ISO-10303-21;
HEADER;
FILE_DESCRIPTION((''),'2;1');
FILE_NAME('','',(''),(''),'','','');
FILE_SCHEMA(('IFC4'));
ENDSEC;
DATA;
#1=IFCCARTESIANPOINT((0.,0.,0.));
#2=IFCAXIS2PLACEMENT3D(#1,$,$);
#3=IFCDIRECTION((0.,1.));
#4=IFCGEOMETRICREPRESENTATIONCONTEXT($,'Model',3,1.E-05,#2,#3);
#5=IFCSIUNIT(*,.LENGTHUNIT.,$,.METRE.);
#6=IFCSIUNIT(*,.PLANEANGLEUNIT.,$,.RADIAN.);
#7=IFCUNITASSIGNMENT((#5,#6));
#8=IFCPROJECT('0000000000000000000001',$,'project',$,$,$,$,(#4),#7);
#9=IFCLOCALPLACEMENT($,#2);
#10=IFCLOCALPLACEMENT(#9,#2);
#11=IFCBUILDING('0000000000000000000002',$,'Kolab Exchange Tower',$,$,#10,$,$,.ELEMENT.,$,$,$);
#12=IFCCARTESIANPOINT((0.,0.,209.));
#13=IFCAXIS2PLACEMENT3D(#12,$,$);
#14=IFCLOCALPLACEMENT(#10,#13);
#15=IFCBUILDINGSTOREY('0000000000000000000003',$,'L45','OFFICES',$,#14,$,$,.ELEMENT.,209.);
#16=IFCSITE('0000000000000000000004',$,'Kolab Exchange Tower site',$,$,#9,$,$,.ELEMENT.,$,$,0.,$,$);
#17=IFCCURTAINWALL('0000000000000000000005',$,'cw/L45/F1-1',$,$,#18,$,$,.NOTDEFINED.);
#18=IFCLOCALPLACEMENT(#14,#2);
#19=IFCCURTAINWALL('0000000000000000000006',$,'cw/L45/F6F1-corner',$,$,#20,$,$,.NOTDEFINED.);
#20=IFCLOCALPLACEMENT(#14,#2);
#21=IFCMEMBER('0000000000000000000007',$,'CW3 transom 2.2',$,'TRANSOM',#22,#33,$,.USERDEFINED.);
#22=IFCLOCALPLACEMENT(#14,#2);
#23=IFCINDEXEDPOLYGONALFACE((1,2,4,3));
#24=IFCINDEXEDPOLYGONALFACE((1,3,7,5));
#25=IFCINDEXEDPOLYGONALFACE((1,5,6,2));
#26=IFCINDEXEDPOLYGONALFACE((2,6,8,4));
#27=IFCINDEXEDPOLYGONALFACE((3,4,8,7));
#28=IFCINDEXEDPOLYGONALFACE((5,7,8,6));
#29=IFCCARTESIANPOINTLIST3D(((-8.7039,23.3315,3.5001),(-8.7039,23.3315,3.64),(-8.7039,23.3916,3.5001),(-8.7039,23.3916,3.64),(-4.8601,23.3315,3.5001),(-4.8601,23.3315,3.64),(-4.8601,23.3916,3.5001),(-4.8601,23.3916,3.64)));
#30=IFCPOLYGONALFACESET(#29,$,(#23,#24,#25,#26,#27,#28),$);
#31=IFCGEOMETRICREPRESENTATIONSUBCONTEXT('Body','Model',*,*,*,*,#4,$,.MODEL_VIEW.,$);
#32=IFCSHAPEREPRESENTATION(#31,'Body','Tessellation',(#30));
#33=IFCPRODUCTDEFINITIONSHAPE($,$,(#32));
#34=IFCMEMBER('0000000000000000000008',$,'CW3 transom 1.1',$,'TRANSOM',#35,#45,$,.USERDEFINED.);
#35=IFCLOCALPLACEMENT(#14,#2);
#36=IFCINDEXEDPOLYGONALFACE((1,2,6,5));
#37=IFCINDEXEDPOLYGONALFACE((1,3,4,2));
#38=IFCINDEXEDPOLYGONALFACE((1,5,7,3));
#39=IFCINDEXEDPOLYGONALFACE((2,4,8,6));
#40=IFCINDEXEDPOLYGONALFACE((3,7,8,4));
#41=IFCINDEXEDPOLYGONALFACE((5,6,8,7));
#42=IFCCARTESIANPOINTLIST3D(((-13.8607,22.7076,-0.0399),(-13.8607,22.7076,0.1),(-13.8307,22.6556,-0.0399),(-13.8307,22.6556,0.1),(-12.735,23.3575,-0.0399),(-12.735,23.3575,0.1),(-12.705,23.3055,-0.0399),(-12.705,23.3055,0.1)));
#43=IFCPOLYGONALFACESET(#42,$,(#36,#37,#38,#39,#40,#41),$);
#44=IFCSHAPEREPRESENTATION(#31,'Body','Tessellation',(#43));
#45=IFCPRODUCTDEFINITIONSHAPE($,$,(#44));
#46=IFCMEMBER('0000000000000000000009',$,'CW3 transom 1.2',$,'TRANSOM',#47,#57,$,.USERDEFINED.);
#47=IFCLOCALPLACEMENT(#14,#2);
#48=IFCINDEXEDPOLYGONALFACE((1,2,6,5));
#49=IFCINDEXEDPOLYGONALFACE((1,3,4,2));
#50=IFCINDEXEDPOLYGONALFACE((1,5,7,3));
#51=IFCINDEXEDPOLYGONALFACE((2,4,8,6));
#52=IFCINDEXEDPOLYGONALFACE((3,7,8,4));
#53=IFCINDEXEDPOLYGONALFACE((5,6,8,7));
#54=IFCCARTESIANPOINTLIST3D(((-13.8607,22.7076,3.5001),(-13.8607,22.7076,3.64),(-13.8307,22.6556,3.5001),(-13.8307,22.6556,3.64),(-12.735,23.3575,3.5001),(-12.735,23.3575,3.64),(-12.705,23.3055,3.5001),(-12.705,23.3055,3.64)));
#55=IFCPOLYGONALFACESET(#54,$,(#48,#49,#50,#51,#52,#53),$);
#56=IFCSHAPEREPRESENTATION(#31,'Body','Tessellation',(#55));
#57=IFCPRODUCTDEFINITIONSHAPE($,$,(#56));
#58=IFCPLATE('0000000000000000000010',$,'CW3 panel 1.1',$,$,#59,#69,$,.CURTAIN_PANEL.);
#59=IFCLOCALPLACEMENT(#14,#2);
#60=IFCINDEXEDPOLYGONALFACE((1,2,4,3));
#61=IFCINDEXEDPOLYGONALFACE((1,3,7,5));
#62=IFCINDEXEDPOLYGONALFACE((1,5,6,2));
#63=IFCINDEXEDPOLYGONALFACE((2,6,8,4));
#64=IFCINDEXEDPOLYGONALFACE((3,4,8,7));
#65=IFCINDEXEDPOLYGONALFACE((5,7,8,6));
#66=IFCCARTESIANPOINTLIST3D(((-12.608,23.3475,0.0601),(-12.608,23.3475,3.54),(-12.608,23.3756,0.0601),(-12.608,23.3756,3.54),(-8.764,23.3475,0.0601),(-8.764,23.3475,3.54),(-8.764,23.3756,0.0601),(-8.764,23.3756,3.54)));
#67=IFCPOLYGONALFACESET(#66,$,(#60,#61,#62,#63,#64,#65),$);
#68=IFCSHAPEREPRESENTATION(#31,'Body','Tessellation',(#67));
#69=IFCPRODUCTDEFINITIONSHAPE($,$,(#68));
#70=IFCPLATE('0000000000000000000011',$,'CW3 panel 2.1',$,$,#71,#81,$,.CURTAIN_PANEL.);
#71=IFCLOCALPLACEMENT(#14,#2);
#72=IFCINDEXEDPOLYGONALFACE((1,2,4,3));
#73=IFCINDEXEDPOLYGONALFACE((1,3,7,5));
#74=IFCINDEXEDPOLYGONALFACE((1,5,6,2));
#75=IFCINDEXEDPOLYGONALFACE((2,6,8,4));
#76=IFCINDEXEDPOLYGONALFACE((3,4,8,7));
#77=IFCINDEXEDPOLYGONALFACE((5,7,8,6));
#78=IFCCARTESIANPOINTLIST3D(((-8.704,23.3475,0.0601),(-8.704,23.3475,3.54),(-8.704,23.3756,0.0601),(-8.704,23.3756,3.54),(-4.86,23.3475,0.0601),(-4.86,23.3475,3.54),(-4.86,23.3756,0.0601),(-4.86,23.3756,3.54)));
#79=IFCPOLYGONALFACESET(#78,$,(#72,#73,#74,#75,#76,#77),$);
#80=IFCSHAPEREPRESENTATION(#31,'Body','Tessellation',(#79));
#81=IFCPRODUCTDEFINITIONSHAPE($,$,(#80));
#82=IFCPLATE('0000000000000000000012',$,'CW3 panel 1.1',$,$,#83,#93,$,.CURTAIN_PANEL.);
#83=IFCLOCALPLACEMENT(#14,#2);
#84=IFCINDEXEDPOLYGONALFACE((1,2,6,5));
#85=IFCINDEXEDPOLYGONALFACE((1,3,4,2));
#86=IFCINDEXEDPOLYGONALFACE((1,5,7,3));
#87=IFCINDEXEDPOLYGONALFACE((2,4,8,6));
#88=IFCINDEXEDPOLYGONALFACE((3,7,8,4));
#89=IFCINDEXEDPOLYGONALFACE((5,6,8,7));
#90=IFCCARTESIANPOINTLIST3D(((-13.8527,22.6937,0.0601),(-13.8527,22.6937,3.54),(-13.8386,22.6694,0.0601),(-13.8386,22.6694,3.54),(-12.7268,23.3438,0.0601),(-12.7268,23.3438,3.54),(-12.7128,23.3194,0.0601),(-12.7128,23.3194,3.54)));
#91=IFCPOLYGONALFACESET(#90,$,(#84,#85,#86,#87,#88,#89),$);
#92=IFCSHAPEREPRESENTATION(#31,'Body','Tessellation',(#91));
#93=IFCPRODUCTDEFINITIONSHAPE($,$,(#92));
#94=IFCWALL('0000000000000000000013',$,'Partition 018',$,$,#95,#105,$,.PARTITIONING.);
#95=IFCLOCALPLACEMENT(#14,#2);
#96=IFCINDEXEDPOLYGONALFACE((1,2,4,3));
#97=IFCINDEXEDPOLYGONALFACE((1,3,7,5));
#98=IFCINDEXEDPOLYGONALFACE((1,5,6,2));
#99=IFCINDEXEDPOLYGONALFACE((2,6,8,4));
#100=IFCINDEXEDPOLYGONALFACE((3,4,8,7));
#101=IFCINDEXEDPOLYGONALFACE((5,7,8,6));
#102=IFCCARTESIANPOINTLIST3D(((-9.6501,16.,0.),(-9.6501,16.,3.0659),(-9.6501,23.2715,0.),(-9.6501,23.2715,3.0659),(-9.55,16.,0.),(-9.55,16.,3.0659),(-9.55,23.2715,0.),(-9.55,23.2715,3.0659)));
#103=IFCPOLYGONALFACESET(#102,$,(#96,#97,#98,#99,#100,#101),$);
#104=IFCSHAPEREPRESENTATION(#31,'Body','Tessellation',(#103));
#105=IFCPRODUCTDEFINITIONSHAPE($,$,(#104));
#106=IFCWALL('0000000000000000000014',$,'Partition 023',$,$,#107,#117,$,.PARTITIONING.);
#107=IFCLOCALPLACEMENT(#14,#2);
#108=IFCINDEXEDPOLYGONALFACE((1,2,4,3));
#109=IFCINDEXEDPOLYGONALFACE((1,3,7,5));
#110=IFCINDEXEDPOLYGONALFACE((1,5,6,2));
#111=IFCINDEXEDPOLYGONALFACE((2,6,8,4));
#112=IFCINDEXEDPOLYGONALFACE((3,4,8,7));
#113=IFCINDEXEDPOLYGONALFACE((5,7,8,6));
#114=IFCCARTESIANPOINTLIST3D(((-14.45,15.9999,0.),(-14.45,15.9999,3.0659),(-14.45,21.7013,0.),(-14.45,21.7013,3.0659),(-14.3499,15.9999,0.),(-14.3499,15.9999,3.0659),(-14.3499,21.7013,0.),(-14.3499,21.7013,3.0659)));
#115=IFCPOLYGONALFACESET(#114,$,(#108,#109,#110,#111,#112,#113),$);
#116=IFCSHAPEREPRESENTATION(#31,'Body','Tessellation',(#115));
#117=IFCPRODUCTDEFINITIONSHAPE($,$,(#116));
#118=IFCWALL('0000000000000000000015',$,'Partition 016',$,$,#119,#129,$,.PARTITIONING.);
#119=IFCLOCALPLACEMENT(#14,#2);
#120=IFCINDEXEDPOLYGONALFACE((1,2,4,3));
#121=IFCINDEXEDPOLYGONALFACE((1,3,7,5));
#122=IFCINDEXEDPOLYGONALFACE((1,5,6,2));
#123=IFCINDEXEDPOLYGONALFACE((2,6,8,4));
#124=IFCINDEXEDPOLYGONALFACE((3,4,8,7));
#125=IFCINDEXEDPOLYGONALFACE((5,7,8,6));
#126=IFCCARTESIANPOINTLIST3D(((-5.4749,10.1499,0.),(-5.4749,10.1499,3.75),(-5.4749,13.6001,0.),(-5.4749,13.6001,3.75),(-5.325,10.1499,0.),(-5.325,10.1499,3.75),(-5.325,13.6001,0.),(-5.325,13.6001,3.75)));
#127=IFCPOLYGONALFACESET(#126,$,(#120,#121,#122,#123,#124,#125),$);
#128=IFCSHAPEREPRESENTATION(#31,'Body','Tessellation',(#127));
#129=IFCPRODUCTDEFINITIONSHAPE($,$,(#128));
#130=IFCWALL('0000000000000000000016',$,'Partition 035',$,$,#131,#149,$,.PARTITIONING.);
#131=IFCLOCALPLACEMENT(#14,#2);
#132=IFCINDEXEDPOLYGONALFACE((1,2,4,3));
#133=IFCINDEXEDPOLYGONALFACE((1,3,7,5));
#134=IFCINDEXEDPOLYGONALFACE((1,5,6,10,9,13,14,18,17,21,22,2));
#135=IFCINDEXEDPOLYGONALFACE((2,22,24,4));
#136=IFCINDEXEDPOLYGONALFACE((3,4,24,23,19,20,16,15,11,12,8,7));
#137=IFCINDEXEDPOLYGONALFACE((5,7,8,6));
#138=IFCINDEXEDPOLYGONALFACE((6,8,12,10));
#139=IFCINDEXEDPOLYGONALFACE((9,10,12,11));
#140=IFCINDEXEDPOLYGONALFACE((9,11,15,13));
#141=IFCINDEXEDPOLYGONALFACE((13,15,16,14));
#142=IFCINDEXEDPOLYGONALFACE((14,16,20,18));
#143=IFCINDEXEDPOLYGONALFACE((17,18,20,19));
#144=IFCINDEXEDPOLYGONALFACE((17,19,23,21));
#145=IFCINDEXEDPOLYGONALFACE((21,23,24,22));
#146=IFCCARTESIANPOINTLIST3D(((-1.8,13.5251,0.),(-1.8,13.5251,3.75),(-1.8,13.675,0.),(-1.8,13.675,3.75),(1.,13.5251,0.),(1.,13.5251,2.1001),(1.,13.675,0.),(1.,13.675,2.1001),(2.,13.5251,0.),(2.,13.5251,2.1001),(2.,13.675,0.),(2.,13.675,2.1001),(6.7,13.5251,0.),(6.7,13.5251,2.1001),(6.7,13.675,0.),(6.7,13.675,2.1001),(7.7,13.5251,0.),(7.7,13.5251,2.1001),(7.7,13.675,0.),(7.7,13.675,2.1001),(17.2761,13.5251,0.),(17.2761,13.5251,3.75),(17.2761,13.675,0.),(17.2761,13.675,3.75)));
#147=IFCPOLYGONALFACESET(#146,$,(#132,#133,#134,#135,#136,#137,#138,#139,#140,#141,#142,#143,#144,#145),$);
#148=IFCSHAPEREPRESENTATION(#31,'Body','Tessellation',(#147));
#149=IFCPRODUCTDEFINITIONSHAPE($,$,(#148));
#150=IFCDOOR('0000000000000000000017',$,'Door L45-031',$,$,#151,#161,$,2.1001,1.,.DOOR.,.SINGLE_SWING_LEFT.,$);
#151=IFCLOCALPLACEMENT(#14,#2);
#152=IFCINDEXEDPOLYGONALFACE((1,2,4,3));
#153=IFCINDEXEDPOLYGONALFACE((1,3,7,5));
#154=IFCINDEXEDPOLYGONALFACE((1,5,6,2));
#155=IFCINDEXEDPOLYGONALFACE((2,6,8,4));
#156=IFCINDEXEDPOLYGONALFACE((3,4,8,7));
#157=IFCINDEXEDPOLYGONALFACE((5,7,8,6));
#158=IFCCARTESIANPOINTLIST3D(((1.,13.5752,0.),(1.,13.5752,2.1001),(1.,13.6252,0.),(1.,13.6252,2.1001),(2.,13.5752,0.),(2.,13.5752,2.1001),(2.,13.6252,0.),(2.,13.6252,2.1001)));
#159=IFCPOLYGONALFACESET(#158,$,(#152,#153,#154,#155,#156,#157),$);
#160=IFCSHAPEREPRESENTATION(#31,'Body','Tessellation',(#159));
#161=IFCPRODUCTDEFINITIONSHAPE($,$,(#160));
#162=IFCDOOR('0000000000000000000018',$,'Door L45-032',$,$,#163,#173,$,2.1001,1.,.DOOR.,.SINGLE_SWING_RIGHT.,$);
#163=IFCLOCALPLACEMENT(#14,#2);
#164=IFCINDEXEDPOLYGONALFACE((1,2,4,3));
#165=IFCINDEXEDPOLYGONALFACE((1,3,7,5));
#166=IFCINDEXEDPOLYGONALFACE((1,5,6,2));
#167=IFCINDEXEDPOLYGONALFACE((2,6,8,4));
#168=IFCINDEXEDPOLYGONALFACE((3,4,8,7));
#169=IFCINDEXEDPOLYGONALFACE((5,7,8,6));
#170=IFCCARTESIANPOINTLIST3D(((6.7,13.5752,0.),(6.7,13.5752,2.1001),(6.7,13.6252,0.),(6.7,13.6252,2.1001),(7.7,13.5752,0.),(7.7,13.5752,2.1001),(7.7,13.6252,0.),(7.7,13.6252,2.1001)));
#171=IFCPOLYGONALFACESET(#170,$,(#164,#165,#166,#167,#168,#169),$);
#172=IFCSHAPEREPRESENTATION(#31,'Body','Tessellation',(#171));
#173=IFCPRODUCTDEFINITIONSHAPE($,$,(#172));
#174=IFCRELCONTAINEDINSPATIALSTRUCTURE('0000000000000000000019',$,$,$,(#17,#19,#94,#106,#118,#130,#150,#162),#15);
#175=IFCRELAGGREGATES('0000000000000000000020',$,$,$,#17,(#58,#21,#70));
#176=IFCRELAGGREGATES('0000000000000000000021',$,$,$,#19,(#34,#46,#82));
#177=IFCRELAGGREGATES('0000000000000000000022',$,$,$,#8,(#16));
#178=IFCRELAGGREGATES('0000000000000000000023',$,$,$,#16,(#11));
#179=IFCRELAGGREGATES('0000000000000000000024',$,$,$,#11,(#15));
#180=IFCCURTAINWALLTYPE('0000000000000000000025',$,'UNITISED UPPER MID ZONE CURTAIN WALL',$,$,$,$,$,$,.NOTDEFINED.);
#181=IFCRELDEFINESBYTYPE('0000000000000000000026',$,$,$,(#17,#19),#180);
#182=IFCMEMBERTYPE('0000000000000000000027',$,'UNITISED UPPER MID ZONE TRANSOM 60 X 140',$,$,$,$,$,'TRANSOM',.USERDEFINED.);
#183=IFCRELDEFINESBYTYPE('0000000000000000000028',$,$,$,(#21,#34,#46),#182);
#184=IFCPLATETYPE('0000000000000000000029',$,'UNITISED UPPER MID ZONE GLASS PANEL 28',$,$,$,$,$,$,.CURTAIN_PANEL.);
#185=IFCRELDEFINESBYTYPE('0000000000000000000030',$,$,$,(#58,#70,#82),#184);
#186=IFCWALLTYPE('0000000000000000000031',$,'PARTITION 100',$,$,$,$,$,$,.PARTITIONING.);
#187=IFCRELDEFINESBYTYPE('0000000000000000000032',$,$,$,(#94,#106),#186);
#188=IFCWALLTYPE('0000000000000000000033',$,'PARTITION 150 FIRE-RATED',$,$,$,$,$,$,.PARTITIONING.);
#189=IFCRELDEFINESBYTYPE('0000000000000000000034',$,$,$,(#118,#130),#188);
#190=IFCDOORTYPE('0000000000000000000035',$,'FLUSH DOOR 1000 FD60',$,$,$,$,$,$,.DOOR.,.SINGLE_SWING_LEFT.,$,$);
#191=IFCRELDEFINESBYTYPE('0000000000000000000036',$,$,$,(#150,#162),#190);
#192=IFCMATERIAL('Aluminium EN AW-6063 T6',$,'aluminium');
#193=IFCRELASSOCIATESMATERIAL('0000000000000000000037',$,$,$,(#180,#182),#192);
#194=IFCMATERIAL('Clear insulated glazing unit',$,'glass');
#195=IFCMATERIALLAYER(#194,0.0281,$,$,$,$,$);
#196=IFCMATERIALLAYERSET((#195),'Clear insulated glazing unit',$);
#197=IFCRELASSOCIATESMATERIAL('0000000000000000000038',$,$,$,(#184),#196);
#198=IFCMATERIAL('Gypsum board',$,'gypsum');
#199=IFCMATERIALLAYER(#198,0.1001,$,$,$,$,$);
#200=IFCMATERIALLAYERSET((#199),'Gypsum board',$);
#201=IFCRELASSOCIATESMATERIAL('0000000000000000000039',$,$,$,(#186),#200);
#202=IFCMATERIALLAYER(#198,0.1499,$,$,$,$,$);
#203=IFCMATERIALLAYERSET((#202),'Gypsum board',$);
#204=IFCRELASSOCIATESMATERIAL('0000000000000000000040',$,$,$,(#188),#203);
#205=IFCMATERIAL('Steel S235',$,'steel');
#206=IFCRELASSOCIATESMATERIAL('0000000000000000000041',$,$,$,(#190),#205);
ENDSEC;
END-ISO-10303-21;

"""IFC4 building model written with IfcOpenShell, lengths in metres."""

from ifc_helpers import new_model, si_unit, direction, frame, frame_2d, origin, origin_2d, place, context, subcontext, project, spatial, rectangle, extrude, material, layer, layer_set, material_profile, profile_set, type_object, element, fill, aggregate, save


model = new_model("IFC4")

# Units and contexts
model_context = context("Model", 3, precision=1e-05, world=origin(), true_north=direction((0.0, 1.0)))
body_context = subcontext(model_context, "Body", "Model", "MODEL_VIEW")
ifc_project = project(units=[si_unit("LENGTHUNIT", "METRE"), si_unit("PLANEANGLEUNIT", "RADIAN")], contexts=[model_context])

# Site, building, storey
site_placement = place(None, origin())
site = spatial("IfcSite", under=ifc_project, at=site_placement, Name="Kolab Exchange Tower site", CompositionType="ELEMENT", RefElevation=0.0)
building_placement = place(site_placement, origin())
building = spatial("IfcBuilding", under=site, at=building_placement, Name="Kolab Exchange Tower", CompositionType="ELEMENT")
storey_placement = place(building_placement, frame((0.0, 0.0, 209.0)))
storey = spatial("IfcBuildingStorey", under=building, at=storey_placement, Name="L45", Description="OFFICES", CompositionType="ELEMENT", Elevation=209.0)

# Curtain wall
ifc_material_1 = material(Name="Aluminium EN AW-6063 T6", Category="aluminium")
curtain_wall_type = type_object("IfcCurtainWallType", Name="UNITISED UPPER MID ZONE CURTAIN WALL", PredefinedType="NOTDEFINED", material=ifc_material_1)
curtain_wall_1_placement = place(storey_placement, origin())
curtain_wall_1 = element("IfcCurtainWall", 1, at=curtain_wall_1_placement, inside=storey, type_object=curtain_wall_type, Name="cw/L45/F1-1", PredefinedType="NOTDEFINED")

# Curtain wall
curtain_wall_2_placement = place(storey_placement, origin())
curtain_wall_2 = element("IfcCurtainWall", 2, at=curtain_wall_2_placement, inside=storey, type_object=curtain_wall_type, Name="cw/L45/F6F1-corner", PredefinedType="NOTDEFINED")

# Members
ifc_material_profile_1 = material_profile(ifc_material_1, rectangle(XDim=0.0601, YDim=0.1399, at=origin_2d()), Name="RECT 60X140")
ifc_profile_set_1 = profile_set([ifc_material_profile_1], Name="Aluminium EN AW-6063 T6")
member_type_1 = type_object("IfcMemberType", Name="UNITISED UPPER MID ZONE TRANSOM 60 X 140", ElementType="TRANSOM", PredefinedType="USERDEFINED", material=ifc_profile_set_1)
member_1_placement = place(storey_placement, frame((-8.7039, 23.3616, 3.5701), z_axis=(1.0, 0.0, 0.0), x_axis=(0.0, 1.0, 0.0)))
member_1 = element("IfcMember", 3, at=member_1_placement, type_object=member_type_1, Name="CW3 transom 2.2", ObjectType="TRANSOM", PredefinedType="USERDEFINED", context=body_context, shape_type="SweptSolid", body=[
    extrude(rectangle(XDim=0.0601, YDim=0.1399, at=origin_2d()), origin(), (0.0, 0.0, 1.0), 3.8438),
])
member_2_placement = place(storey_placement, frame((-13.8457, 22.6816, 0.03), z_axis=(0.866039, 0.499977, 0.0), x_axis=(-0.499977, 0.866039, 0.0)))
member_2 = element("IfcMember", 4, at=member_2_placement, type_object=member_type_1, Name="CW3 transom 1.1", ObjectType="TRANSOM", PredefinedType="USERDEFINED", context=body_context, shape_type="SweptSolid", body=[
    extrude(rectangle(XDim=0.0601, YDim=0.1399, at=origin_2d()), origin(), (0.0, 0.0, 1.0), 1.2998),
])
member_3_placement = place(storey_placement, frame((-13.8457, 22.6816, 3.5701), z_axis=(0.866039, 0.499977, 0.0), x_axis=(-0.499977, 0.866039, 0.0)))
member_3 = element("IfcMember", 5, at=member_3_placement, type_object=member_type_1, Name="CW3 transom 1.2", ObjectType="TRANSOM", PredefinedType="USERDEFINED", context=body_context, shape_type="SweptSolid", body=[
    extrude(rectangle(XDim=0.0601, YDim=0.1399, at=origin_2d()), origin(), (0.0, 0.0, 1.0), 1.2998),
])

# Plates
ifc_material_2 = material(Name="Clear insulated glazing unit", Category="glass")
ifc_layer_1 = layer(ifc_material_2, 0.0281)
ifc_layer_set_1 = layer_set([ifc_layer_1], Name="Clear insulated glazing unit")
plate_type = type_object("IfcPlateType", Name="UNITISED UPPER MID ZONE GLASS PANEL 28", PredefinedType="CURTAIN_PANEL", material=ifc_layer_set_1)
plate_1_placement = place(storey_placement, frame((-10.686, 23.3616, 0.0601), z_axis=(0.0, 0.0, 1.0), x_axis=(1.0, 0.0, 0.0)))
plate_1 = element("IfcPlate", 6, at=plate_1_placement, type_object=plate_type, Name="CW3 panel 1.1", PredefinedType="CURTAIN_PANEL", context=body_context, shape_type="SweptSolid", body=[
    extrude(rectangle(XDim=3.844, YDim=0.0281, at=origin_2d()), origin(), (0.0, 0.0, 1.0), 3.48),
])
plate_2_placement = place(storey_placement, frame((-6.782, 23.3616, 0.0601), z_axis=(0.0, 0.0, 1.0), x_axis=(1.0, 0.0, 0.0)))
plate_2 = element("IfcPlate", 7, at=plate_2_placement, type_object=plate_type, Name="CW3 panel 2.1", PredefinedType="CURTAIN_PANEL", context=body_context, shape_type="SweptSolid", body=[
    extrude(rectangle(XDim=3.844, YDim=0.0281, at=origin_2d()), origin(), (0.0, 0.0, 1.0), 3.48),
])
aggregate(curtain_wall_1, [plate_1, member_1, plate_2])
plate_3_placement = place(storey_placement, frame((-13.2827, 23.0066, 0.0601), z_axis=(0.0, 0.0, 1.0), x_axis=(0.866025, 0.5, 0.0)))
plate_3 = element("IfcPlate", 8, at=plate_3_placement, type_object=plate_type, Name="CW3 panel 1.1", PredefinedType="CURTAIN_PANEL", context=body_context, shape_type="SweptSolid", body=[
    extrude(rectangle(XDim=1.3, YDim=0.0281, at=origin_2d()), origin(), (0.0, 0.0, 1.0), 3.48),
])
aggregate(curtain_wall_2, [member_2, member_3, plate_3])

# Walls
ifc_material_3 = material(Name="Gypsum board", Category="gypsum")
ifc_layer_2 = layer(ifc_material_3, 0.1001)
ifc_layer_set_2 = layer_set([ifc_layer_2], Name="Gypsum board")
wall_type_1 = type_object("IfcWallType", Name="PARTITION 100", PredefinedType="PARTITIONING", material=ifc_layer_set_2)
wall_1_placement = place(storey_placement, frame((-9.6001, 16.0, 0.0), z_axis=(0.0, 0.0, 1.0), x_axis=(0.0, 1.0, 0.0)))
element("IfcWall", 9, at=wall_1_placement, inside=storey, type_object=wall_type_1, Name="Partition 018", PredefinedType="PARTITIONING", context=body_context, shape_type="SweptSolid", body=[
    extrude(rectangle(XDim=7.2715, YDim=0.1001, at=frame_2d((3.6357, 0.0))), origin(), (0.0, 0.0, 1.0), 3.0659),
])
wall_2_placement = place(storey_placement, frame((-14.3999, 16.0, 0.0), z_axis=(0.0, 0.0, 1.0), x_axis=(0.0, 1.0, 0.0)))
element("IfcWall", 10, at=wall_2_placement, inside=storey, type_object=wall_type_1, Name="Partition 023", PredefinedType="PARTITIONING", context=body_context, shape_type="SweptSolid", body=[
    extrude(rectangle(XDim=5.7014, YDim=0.1001, at=frame_2d((2.8506, 0.0))), origin(), (0.0, 0.0, 1.0), 3.0659),
])
ifc_layer_3 = layer(ifc_material_3, 0.1499)
ifc_layer_set_3 = layer_set([ifc_layer_3], Name="Gypsum board")
wall_type_2 = type_object("IfcWallType", Name="PARTITION 150 FIRE-RATED", PredefinedType="PARTITIONING", material=ifc_layer_set_3)
wall_3_placement = place(storey_placement, frame((-5.3999, 10.1499, 0.0), z_axis=(0.0, 0.0, 1.0), x_axis=(0.0, 1.0, 0.0)))
element("IfcWall", 11, at=wall_3_placement, inside=storey, type_object=wall_type_2, Name="Partition 016", PredefinedType="PARTITIONING", context=body_context, shape_type="SweptSolid", body=[
    extrude(rectangle(XDim=3.4502, YDim=0.1499, at=frame_2d((1.7251, 0.0))), origin(), (0.0, 0.0, 1.0), 3.75),
])

# Wall, openings, doors
wall_4_placement = place(storey_placement, frame((-1.8, 13.6001, 0.0), z_axis=(0.0, 0.0, 1.0), x_axis=(1.0, 0.0, 0.0)))
wall_4 = element("IfcWall", 12, at=wall_4_placement, inside=storey, type_object=wall_type_2, Name="Partition 035", PredefinedType="PARTITIONING", context=body_context, shape_type="SweptSolid", body=[
    extrude(rectangle(XDim=19.0762, YDim=0.1499, at=frame_2d((9.5381, 0.0))), origin(), (0.0, 0.0, 1.0), 3.75),
])
opening_1_placement = place(wall_4_placement, frame((2.8, 0.0, 0.0)))
opening_1 = element("IfcOpeningElement", 13, at=opening_1_placement, cuts=wall_4, PredefinedType="OPENING", context=body_context, shape_type="SweptSolid", body=[
    extrude(rectangle(XDim=1.0, YDim=2.1001, at=frame_2d((0.5, 1.05))), frame((0.0, 0.085, 0.0), z_axis=(0.0, -1.0, 0.0), x_axis=(1.0, 0.0, 0.0)), (0.0, 0.0, 1.0), 0.1699),
])
opening_2_placement = place(wall_4_placement, frame((8.5, 0.0, 0.0)))
opening_2 = element("IfcOpeningElement", 14, at=opening_2_placement, cuts=wall_4, PredefinedType="OPENING", context=body_context, shape_type="SweptSolid", body=[
    extrude(rectangle(XDim=1.0, YDim=2.1001, at=frame_2d((0.5, 1.05))), frame((0.0, 0.085, 0.0), z_axis=(0.0, -1.0, 0.0), x_axis=(1.0, 0.0, 0.0)), (0.0, 0.0, 1.0), 0.1699),
])
ifc_material_4 = material(Name="Steel S235", Category="steel")
door_type_1 = type_object("IfcDoorType", Name="FLUSH DOOR 1000 FD60", OperationType="SINGLE_SWING_LEFT", PredefinedType="DOOR", material=ifc_material_4)
door_1_placement = place(opening_1_placement, frame((1.0, 0.0, 0.0), z_axis=(0.0, 0.0, 1.0), x_axis=(-1.0, 0.0, 0.0)))
door_1 = element("IfcDoor", 15, at=door_1_placement, inside=storey, type_object=door_type_1, Name="Door L45-031", OperationType="SINGLE_SWING_LEFT", OverallHeight=2.1001, OverallWidth=1.0, PredefinedType="DOOR", context=body_context, shape_type="SweptSolid", body=[
    extrude(rectangle(XDim=1.0, YDim=2.1001, at=frame_2d((0.5, 1.05))), frame((0.0, 0.0249, 0.0), z_axis=(0.0, -1.0, 0.0), x_axis=(1.0, 0.0, 0.0)), (0.0, 0.0, 1.0), 0.05),
])
fill(opening_1, door_1)
door_2_placement = place(opening_2_placement, frame((1.0, 0.0, 0.0), z_axis=(0.0, 0.0, 1.0), x_axis=(-1.0, 0.0, 0.0)))
door_2 = element("IfcDoor", 16, at=door_2_placement, inside=storey, type_object=door_type_1, Name="Door L45-032", OperationType="SINGLE_SWING_RIGHT", OverallHeight=2.1001, OverallWidth=1.0, PredefinedType="DOOR", context=body_context, shape_type="SweptSolid", body=[
    extrude(rectangle(XDim=1.0, YDim=2.1001, at=frame_2d((0.5, 1.05))), frame((0.0, 0.0249, 0.0), z_axis=(0.0, -1.0, 0.0), x_axis=(1.0, 0.0, 0.0)), (0.0, 0.0, 1.0), 0.05),
])
fill(opening_2, door_2)

save(model, "model.ifc")
